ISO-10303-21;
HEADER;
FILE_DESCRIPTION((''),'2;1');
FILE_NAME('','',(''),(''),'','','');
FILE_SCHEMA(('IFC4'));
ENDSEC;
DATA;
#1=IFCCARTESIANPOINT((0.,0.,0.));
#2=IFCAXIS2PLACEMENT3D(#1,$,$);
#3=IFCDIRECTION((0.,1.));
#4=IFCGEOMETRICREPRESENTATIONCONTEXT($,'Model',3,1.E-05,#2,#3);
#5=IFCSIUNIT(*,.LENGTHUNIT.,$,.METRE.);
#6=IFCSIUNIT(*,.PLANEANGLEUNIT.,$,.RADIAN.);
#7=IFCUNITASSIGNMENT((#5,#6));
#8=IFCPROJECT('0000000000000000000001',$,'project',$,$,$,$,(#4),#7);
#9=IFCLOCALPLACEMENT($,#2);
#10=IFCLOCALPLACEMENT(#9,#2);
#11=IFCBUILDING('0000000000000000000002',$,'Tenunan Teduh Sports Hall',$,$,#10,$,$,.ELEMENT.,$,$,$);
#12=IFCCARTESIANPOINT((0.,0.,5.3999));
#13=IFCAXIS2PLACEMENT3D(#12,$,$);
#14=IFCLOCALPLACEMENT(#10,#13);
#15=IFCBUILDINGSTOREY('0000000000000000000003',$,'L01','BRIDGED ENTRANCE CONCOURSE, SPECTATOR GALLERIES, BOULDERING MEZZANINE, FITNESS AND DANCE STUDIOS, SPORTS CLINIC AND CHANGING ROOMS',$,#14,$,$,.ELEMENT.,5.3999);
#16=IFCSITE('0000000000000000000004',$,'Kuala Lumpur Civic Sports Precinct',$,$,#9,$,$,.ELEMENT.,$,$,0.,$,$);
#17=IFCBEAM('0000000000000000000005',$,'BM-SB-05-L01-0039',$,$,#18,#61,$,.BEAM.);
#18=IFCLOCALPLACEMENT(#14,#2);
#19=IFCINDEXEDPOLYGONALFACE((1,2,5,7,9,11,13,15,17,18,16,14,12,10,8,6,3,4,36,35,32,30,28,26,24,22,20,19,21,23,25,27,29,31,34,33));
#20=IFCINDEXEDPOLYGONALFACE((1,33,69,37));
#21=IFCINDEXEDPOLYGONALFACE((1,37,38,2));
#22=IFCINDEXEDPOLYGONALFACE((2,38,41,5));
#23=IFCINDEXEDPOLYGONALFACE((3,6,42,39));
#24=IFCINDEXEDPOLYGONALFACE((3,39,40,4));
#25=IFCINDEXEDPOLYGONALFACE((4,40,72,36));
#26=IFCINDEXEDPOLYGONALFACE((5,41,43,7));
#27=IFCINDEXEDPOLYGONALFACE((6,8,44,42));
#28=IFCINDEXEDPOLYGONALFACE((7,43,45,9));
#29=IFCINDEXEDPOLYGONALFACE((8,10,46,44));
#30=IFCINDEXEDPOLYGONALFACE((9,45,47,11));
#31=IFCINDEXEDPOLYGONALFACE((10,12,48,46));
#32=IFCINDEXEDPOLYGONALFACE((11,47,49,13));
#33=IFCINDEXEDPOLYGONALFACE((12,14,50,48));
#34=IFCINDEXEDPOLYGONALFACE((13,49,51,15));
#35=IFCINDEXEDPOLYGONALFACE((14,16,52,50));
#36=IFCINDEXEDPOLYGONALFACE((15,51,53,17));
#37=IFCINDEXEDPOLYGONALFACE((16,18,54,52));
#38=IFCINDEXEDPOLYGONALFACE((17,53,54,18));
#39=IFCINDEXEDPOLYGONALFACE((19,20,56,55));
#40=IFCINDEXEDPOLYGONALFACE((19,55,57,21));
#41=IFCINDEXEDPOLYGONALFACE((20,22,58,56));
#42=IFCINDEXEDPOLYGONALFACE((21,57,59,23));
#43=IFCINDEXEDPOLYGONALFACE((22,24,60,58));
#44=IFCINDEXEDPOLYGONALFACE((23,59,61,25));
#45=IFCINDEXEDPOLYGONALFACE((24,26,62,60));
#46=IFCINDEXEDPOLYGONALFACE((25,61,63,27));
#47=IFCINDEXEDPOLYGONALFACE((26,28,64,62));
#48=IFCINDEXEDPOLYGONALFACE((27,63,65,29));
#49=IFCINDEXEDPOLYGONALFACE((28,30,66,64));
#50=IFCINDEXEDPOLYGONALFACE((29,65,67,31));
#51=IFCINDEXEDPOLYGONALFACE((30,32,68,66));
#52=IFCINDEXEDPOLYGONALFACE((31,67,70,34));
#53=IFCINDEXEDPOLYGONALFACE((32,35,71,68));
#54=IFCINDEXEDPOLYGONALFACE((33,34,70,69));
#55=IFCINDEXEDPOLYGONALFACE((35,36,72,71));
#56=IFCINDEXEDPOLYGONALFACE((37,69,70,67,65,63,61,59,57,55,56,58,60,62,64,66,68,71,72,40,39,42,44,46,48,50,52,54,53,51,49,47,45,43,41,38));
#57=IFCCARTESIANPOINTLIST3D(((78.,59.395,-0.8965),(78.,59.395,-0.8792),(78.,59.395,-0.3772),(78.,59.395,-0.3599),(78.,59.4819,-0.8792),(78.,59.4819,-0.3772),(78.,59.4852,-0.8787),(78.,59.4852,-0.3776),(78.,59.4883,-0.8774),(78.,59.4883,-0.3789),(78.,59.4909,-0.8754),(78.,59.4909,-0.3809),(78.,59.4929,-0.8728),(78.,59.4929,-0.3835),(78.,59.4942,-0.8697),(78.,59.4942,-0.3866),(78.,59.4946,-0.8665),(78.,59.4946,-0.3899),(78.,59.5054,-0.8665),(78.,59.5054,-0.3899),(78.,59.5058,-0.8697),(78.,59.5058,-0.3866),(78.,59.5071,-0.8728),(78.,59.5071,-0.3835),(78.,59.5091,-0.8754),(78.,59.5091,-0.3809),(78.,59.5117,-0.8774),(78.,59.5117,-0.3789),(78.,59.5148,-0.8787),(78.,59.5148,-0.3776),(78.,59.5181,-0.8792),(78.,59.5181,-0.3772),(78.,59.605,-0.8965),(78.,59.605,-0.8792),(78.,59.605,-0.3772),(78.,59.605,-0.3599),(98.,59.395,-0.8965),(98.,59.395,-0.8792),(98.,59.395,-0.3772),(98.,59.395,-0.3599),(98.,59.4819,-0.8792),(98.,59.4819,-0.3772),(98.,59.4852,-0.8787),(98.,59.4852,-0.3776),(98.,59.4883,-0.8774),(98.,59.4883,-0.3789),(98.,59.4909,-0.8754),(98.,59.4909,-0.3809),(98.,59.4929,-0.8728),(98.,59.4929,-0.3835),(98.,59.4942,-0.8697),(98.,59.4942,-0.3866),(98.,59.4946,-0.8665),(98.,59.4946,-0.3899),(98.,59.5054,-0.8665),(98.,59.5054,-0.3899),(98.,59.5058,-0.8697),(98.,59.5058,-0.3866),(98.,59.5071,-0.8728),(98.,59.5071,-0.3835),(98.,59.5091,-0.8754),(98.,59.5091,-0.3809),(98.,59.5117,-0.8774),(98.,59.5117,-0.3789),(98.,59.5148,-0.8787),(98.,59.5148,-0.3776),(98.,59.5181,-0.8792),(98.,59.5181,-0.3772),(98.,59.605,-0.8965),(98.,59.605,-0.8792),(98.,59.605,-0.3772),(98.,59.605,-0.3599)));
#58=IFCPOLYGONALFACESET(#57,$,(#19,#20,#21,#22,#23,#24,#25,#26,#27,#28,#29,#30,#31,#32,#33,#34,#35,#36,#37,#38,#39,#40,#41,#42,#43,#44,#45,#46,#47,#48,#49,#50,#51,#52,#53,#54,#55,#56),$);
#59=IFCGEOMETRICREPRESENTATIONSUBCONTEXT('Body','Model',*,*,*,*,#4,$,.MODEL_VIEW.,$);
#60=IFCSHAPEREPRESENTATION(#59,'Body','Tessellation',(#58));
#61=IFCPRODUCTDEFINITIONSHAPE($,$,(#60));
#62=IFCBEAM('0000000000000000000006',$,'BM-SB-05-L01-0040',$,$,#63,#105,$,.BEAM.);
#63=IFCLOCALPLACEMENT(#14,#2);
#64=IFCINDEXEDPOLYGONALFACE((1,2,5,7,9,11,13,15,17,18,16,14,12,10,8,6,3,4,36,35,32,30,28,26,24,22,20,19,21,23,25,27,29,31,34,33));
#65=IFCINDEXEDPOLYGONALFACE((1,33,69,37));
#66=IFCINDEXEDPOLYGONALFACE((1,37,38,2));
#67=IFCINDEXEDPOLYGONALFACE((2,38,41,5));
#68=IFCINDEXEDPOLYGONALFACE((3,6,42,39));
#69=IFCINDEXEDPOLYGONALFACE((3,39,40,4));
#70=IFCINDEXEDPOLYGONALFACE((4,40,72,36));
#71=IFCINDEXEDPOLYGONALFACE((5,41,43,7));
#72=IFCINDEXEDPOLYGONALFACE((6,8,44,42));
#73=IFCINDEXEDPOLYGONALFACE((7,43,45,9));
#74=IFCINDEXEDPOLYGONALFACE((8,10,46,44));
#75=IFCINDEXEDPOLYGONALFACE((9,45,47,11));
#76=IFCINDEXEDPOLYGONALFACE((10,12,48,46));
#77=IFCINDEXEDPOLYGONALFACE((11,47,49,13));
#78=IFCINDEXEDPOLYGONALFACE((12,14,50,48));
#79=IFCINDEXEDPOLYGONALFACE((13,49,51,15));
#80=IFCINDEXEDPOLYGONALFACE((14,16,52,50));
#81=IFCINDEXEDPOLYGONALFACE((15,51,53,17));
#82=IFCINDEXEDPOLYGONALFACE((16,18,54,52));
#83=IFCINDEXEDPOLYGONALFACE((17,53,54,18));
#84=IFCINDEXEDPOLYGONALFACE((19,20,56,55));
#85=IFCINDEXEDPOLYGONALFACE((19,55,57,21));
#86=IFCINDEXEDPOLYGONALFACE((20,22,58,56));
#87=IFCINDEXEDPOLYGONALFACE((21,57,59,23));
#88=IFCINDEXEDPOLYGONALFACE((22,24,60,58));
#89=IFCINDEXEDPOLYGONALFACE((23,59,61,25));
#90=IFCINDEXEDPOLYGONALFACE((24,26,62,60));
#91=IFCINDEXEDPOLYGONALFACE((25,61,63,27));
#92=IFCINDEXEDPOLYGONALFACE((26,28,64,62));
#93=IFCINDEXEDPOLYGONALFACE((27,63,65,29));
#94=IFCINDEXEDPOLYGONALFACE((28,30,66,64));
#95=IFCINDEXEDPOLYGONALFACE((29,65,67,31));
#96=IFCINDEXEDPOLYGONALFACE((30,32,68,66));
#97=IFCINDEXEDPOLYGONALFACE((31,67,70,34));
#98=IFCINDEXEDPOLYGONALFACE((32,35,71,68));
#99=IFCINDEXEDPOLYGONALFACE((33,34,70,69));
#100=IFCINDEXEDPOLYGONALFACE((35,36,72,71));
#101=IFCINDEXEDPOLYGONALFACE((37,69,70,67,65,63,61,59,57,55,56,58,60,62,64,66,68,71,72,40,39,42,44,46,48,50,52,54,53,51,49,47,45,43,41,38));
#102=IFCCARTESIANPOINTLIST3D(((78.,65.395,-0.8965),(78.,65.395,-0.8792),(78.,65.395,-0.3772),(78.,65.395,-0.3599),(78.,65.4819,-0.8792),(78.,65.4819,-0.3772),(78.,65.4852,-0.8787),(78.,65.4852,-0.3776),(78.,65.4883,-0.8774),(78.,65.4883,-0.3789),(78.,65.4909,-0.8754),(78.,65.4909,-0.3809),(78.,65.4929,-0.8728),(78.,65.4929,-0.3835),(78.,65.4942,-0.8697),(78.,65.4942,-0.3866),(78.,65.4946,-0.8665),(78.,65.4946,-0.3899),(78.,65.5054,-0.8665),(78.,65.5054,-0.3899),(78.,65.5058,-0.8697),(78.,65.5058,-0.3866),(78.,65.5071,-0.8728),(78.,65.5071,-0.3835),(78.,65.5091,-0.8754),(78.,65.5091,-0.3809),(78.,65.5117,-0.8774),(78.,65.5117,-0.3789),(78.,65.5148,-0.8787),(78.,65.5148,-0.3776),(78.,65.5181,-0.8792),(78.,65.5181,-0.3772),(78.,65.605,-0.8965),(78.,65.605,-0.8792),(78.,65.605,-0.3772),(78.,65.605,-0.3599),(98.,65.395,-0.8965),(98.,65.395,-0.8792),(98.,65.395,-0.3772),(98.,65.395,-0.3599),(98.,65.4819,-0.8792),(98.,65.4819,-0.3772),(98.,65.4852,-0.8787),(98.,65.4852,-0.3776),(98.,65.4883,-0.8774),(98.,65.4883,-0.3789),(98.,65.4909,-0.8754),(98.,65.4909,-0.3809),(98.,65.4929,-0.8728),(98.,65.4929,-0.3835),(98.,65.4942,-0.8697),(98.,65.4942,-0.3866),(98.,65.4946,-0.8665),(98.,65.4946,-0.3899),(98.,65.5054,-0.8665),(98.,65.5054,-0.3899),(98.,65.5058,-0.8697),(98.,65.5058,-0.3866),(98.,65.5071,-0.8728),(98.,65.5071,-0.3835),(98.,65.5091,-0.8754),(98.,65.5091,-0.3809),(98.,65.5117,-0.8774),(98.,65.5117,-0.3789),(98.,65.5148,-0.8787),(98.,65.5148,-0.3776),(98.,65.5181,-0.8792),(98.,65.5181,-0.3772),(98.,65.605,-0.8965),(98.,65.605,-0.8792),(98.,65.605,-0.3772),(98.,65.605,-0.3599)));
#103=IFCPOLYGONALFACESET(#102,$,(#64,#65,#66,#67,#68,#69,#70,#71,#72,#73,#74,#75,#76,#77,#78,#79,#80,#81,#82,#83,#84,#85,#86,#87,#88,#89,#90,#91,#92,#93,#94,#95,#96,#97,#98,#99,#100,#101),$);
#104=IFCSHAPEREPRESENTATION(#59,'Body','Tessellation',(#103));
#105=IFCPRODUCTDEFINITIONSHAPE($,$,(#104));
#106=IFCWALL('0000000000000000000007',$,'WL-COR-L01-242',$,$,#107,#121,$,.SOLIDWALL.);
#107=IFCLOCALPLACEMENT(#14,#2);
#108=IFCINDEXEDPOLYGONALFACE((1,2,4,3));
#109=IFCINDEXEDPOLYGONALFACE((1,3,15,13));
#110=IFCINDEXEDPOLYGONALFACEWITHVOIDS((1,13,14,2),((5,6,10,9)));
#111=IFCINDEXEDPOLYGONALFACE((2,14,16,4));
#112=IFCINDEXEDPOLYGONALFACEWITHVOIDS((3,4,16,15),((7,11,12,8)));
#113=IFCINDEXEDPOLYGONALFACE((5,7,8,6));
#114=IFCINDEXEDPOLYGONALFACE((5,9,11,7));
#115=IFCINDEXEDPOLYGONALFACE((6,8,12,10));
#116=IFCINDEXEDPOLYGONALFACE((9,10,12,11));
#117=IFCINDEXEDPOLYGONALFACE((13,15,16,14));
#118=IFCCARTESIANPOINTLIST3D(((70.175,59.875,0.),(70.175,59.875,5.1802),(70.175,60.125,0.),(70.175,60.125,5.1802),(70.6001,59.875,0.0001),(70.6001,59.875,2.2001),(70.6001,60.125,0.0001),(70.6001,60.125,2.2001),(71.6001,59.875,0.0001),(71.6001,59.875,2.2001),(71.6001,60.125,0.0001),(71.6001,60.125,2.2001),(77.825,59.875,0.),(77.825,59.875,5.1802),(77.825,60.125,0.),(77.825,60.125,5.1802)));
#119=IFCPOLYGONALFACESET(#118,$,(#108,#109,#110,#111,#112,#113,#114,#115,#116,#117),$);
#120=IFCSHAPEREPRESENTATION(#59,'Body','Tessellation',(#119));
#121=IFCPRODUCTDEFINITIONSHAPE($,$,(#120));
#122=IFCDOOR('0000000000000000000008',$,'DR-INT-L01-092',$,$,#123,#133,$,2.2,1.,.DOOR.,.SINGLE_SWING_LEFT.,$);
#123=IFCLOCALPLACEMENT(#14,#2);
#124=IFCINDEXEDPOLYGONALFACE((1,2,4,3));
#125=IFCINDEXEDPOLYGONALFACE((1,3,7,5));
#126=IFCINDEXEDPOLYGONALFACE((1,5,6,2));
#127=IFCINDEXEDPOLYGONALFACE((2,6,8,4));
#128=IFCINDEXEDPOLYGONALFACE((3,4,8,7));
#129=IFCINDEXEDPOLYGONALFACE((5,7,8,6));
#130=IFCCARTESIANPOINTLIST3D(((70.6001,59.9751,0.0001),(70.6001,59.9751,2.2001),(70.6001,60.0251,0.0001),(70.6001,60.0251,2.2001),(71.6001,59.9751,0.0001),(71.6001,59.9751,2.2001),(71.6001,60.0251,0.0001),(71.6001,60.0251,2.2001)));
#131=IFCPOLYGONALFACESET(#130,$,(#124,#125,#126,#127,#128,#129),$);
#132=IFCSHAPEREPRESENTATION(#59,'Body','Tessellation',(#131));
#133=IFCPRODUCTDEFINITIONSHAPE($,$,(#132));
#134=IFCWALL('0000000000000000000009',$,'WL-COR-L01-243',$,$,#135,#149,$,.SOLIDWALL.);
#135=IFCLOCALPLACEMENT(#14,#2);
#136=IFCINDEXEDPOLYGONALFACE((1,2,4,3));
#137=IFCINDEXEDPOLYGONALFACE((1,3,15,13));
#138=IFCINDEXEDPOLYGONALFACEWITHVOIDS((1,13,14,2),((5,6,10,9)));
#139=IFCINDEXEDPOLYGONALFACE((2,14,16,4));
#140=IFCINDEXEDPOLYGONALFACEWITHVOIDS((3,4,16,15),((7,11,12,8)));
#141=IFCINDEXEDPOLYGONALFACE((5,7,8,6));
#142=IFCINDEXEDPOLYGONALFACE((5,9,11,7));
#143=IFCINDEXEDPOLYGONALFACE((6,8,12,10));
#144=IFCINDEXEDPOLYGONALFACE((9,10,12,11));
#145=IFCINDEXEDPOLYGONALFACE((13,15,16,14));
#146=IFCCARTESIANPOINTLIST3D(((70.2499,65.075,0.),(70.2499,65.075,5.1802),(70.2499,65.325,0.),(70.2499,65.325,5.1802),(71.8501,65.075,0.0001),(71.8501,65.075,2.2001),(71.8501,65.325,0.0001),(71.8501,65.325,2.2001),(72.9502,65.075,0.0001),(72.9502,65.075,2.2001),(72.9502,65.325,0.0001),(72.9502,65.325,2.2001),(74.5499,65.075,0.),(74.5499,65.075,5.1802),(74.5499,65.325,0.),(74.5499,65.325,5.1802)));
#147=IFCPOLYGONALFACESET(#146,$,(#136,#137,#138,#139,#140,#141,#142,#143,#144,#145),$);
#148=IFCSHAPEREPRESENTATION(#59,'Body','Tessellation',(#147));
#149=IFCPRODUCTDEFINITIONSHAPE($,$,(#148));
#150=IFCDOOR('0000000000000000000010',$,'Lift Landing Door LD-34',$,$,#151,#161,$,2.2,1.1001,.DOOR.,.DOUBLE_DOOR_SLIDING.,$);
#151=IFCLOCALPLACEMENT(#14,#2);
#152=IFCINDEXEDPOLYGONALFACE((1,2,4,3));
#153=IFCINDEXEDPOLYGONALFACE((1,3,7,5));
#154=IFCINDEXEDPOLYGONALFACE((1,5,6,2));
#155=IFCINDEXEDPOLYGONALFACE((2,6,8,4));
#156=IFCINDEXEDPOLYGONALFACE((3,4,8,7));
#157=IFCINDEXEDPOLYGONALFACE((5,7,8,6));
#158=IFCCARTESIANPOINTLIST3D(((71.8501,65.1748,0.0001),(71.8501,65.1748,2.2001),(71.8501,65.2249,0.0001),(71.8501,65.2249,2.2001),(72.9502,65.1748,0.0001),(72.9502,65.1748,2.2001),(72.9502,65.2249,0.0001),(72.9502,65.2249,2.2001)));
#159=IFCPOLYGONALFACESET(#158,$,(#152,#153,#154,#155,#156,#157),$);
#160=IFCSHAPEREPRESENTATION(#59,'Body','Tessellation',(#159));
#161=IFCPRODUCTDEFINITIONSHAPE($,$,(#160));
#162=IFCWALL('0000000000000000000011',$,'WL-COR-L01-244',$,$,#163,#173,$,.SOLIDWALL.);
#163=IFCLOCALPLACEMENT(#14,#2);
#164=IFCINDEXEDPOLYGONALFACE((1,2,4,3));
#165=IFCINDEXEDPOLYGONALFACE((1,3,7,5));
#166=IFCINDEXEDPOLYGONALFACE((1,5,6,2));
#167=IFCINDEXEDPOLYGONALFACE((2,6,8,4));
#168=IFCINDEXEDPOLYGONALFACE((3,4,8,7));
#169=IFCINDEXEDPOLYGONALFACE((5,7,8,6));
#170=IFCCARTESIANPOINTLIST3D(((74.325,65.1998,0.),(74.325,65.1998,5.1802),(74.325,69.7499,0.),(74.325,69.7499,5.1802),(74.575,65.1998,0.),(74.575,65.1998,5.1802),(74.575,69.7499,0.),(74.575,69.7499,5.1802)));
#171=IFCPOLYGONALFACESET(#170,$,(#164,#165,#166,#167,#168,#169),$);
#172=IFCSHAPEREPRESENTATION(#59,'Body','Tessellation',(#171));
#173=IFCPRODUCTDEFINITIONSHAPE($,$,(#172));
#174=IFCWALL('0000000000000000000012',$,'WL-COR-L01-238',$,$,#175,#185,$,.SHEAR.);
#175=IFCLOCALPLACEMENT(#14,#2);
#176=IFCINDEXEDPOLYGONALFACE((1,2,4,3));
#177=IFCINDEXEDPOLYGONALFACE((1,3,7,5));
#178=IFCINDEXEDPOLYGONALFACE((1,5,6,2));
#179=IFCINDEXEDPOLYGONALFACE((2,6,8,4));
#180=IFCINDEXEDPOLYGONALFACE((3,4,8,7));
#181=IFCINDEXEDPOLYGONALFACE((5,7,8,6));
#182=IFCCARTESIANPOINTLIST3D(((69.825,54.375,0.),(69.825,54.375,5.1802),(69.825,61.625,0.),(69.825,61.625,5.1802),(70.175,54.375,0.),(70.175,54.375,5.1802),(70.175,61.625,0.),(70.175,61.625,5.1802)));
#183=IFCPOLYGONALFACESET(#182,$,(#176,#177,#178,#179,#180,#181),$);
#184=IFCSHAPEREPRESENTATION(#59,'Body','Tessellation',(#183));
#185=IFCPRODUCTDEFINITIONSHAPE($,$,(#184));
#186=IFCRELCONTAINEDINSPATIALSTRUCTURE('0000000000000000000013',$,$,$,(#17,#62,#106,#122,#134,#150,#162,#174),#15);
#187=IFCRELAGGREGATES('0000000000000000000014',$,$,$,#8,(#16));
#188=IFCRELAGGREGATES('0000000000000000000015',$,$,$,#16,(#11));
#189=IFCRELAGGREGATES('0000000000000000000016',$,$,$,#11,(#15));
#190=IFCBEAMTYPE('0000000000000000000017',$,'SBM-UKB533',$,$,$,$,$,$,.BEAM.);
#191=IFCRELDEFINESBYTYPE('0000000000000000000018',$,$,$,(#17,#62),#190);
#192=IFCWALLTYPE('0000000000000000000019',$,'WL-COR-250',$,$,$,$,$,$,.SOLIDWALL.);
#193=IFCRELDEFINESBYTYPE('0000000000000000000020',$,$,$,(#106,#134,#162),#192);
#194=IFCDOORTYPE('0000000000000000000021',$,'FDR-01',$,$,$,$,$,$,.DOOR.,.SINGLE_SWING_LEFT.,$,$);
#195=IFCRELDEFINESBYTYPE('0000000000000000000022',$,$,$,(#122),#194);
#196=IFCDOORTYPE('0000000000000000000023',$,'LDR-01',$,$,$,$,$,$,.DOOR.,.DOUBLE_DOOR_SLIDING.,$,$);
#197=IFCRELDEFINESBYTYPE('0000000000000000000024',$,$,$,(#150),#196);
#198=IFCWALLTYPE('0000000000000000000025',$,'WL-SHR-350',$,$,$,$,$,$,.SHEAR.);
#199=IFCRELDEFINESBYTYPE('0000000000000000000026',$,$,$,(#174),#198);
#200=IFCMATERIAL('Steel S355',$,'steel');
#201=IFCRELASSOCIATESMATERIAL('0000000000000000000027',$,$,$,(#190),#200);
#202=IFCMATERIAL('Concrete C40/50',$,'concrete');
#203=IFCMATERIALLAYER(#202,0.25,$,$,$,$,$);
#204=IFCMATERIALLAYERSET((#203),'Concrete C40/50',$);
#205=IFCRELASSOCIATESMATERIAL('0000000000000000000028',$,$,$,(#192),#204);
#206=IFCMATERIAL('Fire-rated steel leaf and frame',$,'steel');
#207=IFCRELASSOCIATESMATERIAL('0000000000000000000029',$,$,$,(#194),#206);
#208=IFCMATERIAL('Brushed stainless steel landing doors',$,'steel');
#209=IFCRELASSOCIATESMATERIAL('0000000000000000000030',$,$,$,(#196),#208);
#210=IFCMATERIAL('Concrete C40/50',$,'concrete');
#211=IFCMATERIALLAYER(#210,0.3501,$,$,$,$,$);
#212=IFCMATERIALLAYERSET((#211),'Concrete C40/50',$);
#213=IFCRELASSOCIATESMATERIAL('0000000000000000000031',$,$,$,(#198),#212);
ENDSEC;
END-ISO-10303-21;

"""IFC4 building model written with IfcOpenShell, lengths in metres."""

from ifc_helpers import new_model, si_unit, direction, frame, frame_2d, origin, origin_2d, place, context, subcontext, project, spatial, rectangle, i_section, extrude, material, layer, layer_set, material_profile, profile_set, type_object, element, fill, save


model = new_model("IFC4")

# Units and contexts
model_context = context("Model", 3, precision=1e-05, world=origin(), true_north=direction((0.0, 1.0)))
body_context = subcontext(model_context, "Body", "Model", "MODEL_VIEW")
ifc_project = project(units=[si_unit("LENGTHUNIT", "METRE"), si_unit("PLANEANGLEUNIT", "RADIAN")], contexts=[model_context])

# Site, building, storey
site_placement = place(None, origin())
site = spatial("IfcSite", under=ifc_project, at=site_placement, Name="Kuala Lumpur Civic Sports Precinct", CompositionType="ELEMENT", RefElevation=0.0)
building_placement = place(site_placement, origin())
building = spatial("IfcBuilding", under=site, at=building_placement, Name="Tenunan Teduh Sports Hall", CompositionType="ELEMENT")
storey_placement = place(building_placement, frame((0.0, 0.0, 5.3999)))
storey = spatial("IfcBuildingStorey", under=building, at=storey_placement, Name="L01", Description="BRIDGED ENTRANCE CONCOURSE, SPECTATOR GALLERIES, BOULDERING MEZZANINE, FITNESS AND DANCE STUDIOS, SPORTS CLINIC AND CHANGING ROOMS", CompositionType="ELEMENT", Elevation=5.3999)

# Beams
ifc_material_1 = material(Name="Steel S355", Category="steel")
ifc_material_profile_1 = material_profile(ifc_material_1, i_section(OverallWidth=0.21, OverallDepth=0.5366, WebThickness=0.0107, FlangeThickness=0.0173, FilletRadius=0.0127, at=origin_2d()), Name="UKB 533x210x101")
ifc_profile_set_1 = profile_set([ifc_material_profile_1], Name="Steel S355")
beam_type_1 = type_object("IfcBeamType", Name="SBM-UKB533", PredefinedType="BEAM", material=ifc_profile_set_1)
for number, where, z_axis, x_axis, name in (
    (1, (78.0, 59.5, -0.6282), (1.0, 0.0, 0.0), (0.0, 1.0, 0.0), "BM-SB-05-L01-0039"),
    (2, (78.0, 65.5, -0.6282), (1.0, 0.0, 0.0), (0.0, 1.0, 0.0), "BM-SB-05-L01-0040"),
):
    element("IfcBeam", number, at=place(storey_placement, frame(where, z_axis=z_axis, x_axis=x_axis)), inside=storey, type_object=beam_type_1, Name=name, PredefinedType="BEAM", context=body_context, shape_type="SweptSolid", body=[
        extrude(i_section(OverallWidth=0.21, OverallDepth=0.5366, WebThickness=0.0107, FlangeThickness=0.0173, FilletRadius=0.0127, at=origin_2d()), origin(), (0.0, 0.0, 1.0), 20.0),
    ])

# Walls, openings, doors
ifc_material_2 = material(Name="Concrete C40/50", Category="concrete")
ifc_layer_1 = layer(ifc_material_2, 0.25)
ifc_layer_set_1 = layer_set([ifc_layer_1], Name="Concrete C40/50")
wall_type_1 = type_object("IfcWallType", Name="WL-COR-250", PredefinedType="SOLIDWALL", material=ifc_layer_set_1)
wall_1_placement = place(storey_placement, frame((70.175, 60.0, 0.0), z_axis=(0.0, 0.0, 1.0), x_axis=(1.0, 0.0, 0.0)))
wall_1 = element("IfcWall", 3, at=wall_1_placement, inside=storey, type_object=wall_type_1, Name="WL-COR-L01-242", PredefinedType="SOLIDWALL", context=body_context, shape_type="SweptSolid", body=[
    extrude(rectangle(XDim=7.6499, YDim=0.25, at=frame_2d((3.825, 0.0))), origin(), (0.0, 0.0, 1.0), 5.1802),
])
opening_1_placement = place(wall_1_placement, frame((0.425, 0.0, 0.0)))
opening_1 = element("IfcOpeningElement", 4, at=opening_1_placement, cuts=wall_1, PredefinedType="OPENING", context=body_context, shape_type="SweptSolid", body=[
    extrude(rectangle(XDim=1.0, YDim=2.2, at=frame_2d((0.5, 1.1001))), frame((0.0, 0.135, 0.0), z_axis=(0.0, -1.0, 0.0), x_axis=(1.0, 0.0, 0.0)), (0.0, 0.0, 1.0), 0.27),
])
ifc_material_3 = material(Name="Fire-rated steel leaf and frame", Category="steel")
door_type_1 = type_object("IfcDoorType", Name="FDR-01", OperationType="SINGLE_SWING_LEFT", PredefinedType="DOOR", material=ifc_material_3)
door_1_placement = place(opening_1_placement, frame((1.0, 0.0, 0.0), z_axis=(0.0, 0.0, 1.0), x_axis=(-1.0, 0.0, 0.0)))
door_1 = element("IfcDoor", 5, at=door_1_placement, inside=storey, type_object=door_type_1, Name="DR-INT-L01-092", OperationType="SINGLE_SWING_LEFT", OverallHeight=2.2, OverallWidth=1.0, PredefinedType="DOOR", context=body_context, shape_type="SweptSolid", body=[
    extrude(rectangle(XDim=1.0, YDim=2.2, at=frame_2d((0.5, 1.1001))), frame((0.0, 0.0249, 0.0), z_axis=(0.0, -1.0, 0.0), x_axis=(1.0, 0.0, 0.0)), (0.0, 0.0, 1.0), 0.05),
])
fill(opening_1, door_1)
wall_2_placement = place(storey_placement, frame((70.25, 65.2, 0.0), z_axis=(0.0, 0.0, 1.0), x_axis=(1.0, 0.0, 0.0)))
wall_2 = element("IfcWall", 6, at=wall_2_placement, inside=storey, type_object=wall_type_1, Name="WL-COR-L01-243", PredefinedType="SOLIDWALL", context=body_context, shape_type="SweptSolid", body=[
    extrude(rectangle(XDim=4.3, YDim=0.25, at=frame_2d((2.1499, 0.0))), origin(), (0.0, 0.0, 1.0), 5.1802),
])
opening_2_placement = place(wall_2_placement, frame((1.6001, 0.0, 0.0)))
opening_2 = element("IfcOpeningElement", 7, at=opening_2_placement, cuts=wall_2, PredefinedType="OPENING", context=body_context, shape_type="SweptSolid", body=[
    extrude(rectangle(XDim=1.1001, YDim=2.2, at=frame_2d((0.55, 1.1001))), frame((0.0, 0.135, 0.0), z_axis=(0.0, -1.0, 0.0), x_axis=(1.0, 0.0, 0.0)), (0.0, 0.0, 1.0), 0.27),
])
ifc_material_4 = material(Name="Brushed stainless steel landing doors", Category="steel")
door_type_2 = type_object("IfcDoorType", Name="LDR-01", OperationType="DOUBLE_DOOR_SLIDING", PredefinedType="DOOR", material=ifc_material_4)
door_2_placement = place(opening_2_placement, origin())
door_2 = element("IfcDoor", 8, at=door_2_placement, inside=storey, type_object=door_type_2, Name="Lift Landing Door LD-34", OperationType="DOUBLE_DOOR_SLIDING", OverallHeight=2.2, OverallWidth=1.1001, PredefinedType="DOOR", context=body_context, shape_type="SweptSolid", body=[
    extrude(rectangle(XDim=1.1001, YDim=2.2, at=frame_2d((0.55, 1.1001))), frame((0.0, 0.0249, 0.0), z_axis=(0.0, -1.0, 0.0), x_axis=(1.0, 0.0, 0.0)), (0.0, 0.0, 1.0), 0.05),
])
fill(opening_2, door_2)

# Walls
wall_3_placement = place(storey_placement, frame((74.45, 65.2, 0.0), z_axis=(0.0, 0.0, 1.0), x_axis=(0.0, 1.0, 0.0)))
element("IfcWall", 9, at=wall_3_placement, inside=storey, type_object=wall_type_1, Name="WL-COR-L01-244", PredefinedType="SOLIDWALL", context=body_context, shape_type="SweptSolid", body=[
    extrude(rectangle(XDim=4.55, YDim=0.25, at=frame_2d((2.2749, 0.0))), origin(), (0.0, 0.0, 1.0), 5.1802),
])
ifc_material_5 = material(Name="Concrete C40/50", Category="concrete")
ifc_layer_2 = layer(ifc_material_5, 0.3501)
ifc_layer_set_2 = layer_set([ifc_layer_2], Name="Concrete C40/50")
wall_type_2 = type_object("IfcWallType", Name="WL-SHR-350", PredefinedType="SHEAR", material=ifc_layer_set_2)
for number, where, z_axis, x_axis, name in (
    (10, (70.0, 54.375, 0.0), (0.0, 0.0, 1.0), (0.0, 1.0, 0.0), "WL-COR-L01-238"),
):
    element("IfcWall", number, at=place(storey_placement, frame(where, z_axis=z_axis, x_axis=x_axis)), inside=storey, type_object=wall_type_2, Name=name, PredefinedType="SHEAR", context=body_context, shape_type="SweptSolid", body=[
        extrude(rectangle(XDim=7.25, YDim=0.3501, at=frame_2d((3.625, 0.0))), origin(), (0.0, 0.0, 1.0), 5.1802),
    ])

save(model, "model.ifc")
